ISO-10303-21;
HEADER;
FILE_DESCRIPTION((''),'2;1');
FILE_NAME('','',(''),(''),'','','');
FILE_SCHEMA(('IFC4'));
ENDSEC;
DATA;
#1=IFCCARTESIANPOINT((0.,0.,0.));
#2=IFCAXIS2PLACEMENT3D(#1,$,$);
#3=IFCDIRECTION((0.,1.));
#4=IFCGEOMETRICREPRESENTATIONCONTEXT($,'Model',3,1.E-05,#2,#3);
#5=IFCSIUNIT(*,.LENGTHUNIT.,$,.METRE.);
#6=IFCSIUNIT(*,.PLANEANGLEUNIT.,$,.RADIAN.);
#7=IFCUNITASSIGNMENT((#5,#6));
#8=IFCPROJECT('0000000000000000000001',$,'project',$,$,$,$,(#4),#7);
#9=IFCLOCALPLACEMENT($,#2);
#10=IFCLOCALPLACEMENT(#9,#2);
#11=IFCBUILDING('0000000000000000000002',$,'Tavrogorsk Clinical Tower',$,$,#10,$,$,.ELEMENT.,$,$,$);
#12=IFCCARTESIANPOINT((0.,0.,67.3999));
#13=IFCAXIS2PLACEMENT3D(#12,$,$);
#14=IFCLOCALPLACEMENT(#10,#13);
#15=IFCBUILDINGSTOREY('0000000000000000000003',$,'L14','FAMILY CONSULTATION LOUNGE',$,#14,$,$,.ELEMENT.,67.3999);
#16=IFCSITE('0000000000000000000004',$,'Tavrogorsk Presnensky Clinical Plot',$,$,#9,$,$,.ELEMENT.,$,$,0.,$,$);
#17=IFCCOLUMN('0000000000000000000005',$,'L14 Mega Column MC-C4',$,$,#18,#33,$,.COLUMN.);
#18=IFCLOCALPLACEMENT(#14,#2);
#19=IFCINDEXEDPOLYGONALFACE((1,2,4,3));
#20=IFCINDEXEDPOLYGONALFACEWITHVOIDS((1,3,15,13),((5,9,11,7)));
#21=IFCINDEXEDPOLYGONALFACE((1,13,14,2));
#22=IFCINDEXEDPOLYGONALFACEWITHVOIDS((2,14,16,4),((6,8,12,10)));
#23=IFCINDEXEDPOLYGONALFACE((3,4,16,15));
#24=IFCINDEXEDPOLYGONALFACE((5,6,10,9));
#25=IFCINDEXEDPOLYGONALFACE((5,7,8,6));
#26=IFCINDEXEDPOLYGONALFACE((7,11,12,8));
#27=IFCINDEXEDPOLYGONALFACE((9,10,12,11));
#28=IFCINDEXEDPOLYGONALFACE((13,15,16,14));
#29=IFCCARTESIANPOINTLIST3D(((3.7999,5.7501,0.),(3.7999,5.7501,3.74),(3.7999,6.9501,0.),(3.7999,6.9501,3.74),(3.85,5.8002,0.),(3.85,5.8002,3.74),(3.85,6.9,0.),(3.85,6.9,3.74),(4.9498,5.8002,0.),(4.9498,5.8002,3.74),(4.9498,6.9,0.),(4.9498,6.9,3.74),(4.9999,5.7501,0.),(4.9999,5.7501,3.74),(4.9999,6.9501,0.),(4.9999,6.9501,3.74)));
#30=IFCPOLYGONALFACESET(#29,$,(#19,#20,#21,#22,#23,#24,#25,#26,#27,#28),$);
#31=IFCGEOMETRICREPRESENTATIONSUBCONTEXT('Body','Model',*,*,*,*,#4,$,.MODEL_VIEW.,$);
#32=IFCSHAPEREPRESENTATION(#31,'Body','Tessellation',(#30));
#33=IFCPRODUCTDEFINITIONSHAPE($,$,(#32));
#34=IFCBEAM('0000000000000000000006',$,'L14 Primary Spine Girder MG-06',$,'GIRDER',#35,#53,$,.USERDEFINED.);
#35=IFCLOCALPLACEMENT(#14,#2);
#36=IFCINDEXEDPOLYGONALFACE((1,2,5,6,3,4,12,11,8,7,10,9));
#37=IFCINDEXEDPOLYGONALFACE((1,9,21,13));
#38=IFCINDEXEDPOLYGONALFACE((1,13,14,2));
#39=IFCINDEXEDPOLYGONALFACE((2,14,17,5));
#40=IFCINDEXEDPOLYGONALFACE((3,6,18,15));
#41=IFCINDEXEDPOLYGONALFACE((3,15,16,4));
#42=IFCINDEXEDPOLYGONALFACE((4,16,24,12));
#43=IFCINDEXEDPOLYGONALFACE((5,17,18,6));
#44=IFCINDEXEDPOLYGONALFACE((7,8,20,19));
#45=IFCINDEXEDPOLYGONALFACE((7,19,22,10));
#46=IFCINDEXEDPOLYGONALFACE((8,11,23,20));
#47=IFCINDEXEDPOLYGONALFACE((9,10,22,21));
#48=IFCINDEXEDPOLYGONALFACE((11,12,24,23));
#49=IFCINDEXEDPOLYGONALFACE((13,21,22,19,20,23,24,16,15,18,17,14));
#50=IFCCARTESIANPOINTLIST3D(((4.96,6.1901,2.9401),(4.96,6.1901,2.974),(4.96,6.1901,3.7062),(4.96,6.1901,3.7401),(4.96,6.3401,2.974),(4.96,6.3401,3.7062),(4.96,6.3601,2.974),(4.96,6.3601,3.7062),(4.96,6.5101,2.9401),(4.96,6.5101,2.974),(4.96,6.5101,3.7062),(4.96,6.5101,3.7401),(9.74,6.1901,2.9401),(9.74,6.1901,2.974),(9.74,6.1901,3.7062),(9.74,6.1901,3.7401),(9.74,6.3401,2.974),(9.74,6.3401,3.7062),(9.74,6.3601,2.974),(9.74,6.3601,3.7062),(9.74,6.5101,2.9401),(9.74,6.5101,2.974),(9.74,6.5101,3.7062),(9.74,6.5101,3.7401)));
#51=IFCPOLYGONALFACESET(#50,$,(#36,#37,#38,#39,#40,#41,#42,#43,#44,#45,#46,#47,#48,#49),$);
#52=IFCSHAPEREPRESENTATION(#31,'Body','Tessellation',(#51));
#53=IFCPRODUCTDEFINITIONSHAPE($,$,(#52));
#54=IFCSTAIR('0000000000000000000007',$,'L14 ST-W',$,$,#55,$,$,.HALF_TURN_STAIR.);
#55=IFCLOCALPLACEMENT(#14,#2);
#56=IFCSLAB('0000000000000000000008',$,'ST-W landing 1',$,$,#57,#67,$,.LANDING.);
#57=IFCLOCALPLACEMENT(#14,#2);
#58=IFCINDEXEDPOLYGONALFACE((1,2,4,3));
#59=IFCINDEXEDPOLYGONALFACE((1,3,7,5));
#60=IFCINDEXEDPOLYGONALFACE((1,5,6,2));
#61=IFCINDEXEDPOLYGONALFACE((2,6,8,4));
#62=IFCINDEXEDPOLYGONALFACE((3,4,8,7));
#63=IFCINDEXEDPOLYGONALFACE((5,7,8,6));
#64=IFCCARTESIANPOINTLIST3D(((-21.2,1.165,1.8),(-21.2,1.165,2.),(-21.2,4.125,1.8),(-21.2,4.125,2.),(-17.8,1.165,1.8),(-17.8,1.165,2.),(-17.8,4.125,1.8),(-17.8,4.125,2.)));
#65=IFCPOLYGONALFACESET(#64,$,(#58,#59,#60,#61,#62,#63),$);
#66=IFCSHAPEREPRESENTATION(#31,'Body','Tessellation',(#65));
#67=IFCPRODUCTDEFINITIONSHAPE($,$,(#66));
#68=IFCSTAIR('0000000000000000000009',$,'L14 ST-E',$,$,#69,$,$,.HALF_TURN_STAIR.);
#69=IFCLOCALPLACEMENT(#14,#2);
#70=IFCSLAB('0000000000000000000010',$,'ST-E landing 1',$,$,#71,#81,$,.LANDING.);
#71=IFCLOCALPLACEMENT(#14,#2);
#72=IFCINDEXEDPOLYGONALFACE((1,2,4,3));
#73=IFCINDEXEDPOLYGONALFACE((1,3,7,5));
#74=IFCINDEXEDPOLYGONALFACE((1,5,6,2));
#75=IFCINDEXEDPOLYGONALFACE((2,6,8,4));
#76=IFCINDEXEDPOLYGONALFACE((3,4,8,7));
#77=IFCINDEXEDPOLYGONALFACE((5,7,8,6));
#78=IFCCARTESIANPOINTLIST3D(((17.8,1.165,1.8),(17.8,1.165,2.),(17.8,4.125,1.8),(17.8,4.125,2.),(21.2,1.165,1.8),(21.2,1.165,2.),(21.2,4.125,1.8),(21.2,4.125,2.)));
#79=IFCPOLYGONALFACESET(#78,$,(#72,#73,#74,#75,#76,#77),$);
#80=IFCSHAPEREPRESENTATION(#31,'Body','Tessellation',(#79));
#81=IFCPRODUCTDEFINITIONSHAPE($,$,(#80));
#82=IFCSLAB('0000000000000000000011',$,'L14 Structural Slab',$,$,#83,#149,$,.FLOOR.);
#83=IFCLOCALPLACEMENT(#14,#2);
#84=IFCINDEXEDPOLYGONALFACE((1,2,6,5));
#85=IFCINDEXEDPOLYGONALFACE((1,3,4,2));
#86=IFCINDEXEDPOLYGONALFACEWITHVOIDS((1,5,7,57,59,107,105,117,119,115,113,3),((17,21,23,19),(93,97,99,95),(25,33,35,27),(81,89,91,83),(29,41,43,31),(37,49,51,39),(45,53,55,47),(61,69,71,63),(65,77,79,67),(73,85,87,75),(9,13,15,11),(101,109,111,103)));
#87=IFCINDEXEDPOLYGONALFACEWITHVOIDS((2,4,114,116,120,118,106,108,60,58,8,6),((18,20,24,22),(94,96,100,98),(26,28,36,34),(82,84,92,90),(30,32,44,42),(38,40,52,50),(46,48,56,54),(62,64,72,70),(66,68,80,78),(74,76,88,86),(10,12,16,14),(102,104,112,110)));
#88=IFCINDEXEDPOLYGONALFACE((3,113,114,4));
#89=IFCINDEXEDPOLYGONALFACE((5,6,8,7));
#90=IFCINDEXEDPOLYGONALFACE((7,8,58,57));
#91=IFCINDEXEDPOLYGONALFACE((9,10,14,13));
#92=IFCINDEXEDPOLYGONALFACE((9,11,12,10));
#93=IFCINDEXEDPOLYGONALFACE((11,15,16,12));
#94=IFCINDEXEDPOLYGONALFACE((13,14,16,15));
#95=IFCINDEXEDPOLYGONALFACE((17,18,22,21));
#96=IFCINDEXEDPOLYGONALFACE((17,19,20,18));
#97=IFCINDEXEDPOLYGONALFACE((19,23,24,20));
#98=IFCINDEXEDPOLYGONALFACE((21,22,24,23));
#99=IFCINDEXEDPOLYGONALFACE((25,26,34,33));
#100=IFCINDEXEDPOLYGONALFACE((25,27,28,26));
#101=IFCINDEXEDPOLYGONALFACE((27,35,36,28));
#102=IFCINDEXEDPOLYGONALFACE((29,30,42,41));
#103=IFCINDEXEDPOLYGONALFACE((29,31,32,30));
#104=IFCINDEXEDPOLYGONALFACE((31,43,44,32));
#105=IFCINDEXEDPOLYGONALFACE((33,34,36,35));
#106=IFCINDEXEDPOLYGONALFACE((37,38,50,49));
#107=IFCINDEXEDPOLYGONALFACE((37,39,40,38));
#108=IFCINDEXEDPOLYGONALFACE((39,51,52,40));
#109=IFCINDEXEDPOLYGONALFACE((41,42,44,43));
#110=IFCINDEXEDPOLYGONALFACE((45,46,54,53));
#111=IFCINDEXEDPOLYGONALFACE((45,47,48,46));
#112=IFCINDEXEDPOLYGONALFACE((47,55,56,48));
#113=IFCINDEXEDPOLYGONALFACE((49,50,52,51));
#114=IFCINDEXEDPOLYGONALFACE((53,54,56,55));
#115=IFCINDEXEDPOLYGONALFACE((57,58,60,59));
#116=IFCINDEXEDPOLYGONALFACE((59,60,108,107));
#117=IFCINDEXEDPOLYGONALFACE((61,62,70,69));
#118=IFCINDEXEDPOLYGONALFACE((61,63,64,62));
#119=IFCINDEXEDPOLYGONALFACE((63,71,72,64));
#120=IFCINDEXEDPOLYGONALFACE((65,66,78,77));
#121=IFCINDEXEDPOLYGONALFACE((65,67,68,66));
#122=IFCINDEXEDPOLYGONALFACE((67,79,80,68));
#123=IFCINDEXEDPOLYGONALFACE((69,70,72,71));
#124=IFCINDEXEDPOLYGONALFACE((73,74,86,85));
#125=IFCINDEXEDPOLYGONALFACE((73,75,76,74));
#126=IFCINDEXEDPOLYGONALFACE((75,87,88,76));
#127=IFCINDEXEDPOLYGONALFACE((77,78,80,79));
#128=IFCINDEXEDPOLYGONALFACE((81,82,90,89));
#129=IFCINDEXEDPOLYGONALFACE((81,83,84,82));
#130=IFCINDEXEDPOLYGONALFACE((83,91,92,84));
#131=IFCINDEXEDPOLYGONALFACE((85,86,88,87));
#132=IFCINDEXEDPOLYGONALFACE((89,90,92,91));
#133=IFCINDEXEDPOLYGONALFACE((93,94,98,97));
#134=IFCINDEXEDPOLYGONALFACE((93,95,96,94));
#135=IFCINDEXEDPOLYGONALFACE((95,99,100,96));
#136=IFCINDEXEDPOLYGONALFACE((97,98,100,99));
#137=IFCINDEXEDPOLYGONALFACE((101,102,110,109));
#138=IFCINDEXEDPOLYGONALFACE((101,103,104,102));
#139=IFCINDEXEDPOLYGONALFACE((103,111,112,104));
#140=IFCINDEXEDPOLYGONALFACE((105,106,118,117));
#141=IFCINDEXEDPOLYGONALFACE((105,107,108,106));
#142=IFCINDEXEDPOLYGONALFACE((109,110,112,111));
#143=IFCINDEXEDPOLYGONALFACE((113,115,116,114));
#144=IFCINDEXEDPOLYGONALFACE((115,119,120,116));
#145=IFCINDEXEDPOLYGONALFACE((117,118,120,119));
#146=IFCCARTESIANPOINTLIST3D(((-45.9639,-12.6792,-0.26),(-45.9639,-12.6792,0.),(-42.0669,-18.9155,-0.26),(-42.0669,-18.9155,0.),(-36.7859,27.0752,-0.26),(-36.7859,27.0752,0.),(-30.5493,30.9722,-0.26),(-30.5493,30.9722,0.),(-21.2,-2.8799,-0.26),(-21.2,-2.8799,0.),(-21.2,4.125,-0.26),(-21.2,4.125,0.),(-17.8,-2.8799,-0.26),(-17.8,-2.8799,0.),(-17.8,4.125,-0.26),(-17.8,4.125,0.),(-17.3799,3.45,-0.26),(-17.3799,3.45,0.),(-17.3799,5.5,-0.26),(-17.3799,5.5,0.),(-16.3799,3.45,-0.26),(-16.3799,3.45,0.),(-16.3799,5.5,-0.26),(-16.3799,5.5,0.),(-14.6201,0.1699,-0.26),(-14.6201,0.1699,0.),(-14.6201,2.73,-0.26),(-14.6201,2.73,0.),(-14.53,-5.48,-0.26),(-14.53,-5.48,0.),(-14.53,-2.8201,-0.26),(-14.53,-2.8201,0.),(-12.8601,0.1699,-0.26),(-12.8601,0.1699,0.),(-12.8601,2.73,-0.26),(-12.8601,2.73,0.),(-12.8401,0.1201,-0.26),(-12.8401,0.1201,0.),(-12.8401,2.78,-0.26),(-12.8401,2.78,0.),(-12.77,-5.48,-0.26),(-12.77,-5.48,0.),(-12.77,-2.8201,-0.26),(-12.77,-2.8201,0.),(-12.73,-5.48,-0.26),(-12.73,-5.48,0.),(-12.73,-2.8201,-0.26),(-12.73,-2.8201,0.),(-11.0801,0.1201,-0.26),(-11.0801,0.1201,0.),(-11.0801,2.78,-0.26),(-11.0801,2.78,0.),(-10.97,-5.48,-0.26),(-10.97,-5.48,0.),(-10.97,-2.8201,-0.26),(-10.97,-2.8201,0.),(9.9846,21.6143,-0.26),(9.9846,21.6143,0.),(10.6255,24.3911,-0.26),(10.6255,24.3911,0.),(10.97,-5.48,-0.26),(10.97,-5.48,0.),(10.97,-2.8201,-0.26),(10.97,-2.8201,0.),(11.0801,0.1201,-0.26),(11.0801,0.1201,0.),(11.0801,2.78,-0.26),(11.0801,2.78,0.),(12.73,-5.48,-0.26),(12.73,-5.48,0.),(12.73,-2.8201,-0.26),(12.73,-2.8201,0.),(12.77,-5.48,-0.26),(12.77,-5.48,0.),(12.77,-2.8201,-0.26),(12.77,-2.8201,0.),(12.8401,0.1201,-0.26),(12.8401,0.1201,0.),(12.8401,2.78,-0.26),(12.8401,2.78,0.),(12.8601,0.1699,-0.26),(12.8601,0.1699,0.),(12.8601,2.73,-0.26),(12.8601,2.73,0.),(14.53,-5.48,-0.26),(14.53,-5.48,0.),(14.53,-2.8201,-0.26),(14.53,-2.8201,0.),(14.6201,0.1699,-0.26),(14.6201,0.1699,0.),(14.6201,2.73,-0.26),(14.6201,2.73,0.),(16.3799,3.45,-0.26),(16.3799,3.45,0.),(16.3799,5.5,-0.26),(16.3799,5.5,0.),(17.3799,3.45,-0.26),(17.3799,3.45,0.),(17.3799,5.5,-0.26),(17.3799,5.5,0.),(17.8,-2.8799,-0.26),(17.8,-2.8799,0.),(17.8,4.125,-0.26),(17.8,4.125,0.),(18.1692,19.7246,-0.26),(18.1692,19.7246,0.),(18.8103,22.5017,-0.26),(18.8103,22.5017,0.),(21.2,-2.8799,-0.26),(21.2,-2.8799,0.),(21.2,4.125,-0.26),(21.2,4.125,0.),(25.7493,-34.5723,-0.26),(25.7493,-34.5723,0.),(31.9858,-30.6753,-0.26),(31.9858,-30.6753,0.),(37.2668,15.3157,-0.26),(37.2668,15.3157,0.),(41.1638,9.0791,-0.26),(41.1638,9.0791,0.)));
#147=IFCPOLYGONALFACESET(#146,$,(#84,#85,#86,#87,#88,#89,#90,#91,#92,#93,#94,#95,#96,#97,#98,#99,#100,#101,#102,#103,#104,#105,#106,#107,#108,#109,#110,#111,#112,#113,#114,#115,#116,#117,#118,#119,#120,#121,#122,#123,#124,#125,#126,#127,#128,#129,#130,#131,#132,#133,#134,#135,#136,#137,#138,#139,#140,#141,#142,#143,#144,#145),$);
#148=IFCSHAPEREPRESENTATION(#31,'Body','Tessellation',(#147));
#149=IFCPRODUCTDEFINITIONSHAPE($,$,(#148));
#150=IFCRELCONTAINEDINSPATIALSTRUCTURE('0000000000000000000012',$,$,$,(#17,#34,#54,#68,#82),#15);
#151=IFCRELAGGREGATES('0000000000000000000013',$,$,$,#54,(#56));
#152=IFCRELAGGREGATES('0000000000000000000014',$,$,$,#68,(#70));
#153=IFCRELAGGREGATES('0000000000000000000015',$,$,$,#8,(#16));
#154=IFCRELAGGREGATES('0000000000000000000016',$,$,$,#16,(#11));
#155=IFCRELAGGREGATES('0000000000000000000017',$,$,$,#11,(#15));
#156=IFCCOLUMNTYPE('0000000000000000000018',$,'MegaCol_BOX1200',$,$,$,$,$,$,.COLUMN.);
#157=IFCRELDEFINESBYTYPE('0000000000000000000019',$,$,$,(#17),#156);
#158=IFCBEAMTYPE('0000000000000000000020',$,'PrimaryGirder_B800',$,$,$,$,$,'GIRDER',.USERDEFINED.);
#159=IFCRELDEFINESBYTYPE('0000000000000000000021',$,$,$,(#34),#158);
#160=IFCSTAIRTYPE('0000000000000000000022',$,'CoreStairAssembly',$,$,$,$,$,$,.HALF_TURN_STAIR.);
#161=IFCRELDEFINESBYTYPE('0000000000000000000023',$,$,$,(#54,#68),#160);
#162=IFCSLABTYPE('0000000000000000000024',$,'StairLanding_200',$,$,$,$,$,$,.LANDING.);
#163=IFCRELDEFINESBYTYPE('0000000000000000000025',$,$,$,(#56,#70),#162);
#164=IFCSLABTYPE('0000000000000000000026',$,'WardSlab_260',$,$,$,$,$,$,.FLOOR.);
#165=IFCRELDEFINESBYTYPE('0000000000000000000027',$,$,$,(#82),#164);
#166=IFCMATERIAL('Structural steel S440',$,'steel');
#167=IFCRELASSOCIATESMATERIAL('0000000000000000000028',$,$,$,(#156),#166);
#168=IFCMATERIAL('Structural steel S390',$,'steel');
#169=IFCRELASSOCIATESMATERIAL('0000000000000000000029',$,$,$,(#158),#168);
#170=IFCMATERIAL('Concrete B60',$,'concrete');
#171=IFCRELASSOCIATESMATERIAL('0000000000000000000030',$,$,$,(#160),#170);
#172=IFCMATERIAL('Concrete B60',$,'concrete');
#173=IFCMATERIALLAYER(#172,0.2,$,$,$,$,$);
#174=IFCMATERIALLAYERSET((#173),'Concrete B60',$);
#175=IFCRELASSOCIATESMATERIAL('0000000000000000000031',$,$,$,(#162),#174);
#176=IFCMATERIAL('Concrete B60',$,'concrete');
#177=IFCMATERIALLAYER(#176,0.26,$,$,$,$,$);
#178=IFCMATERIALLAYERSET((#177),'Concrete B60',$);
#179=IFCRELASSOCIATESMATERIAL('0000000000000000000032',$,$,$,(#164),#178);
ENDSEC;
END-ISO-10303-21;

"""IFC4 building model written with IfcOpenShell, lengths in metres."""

from ifc_helpers import new_model, si_unit, direction, frame, origin, origin_2d, place, context, subcontext, project, spatial, polyline, hollow_rectangle, i_section, outline, extrude, material, layer, layer_set, material_profile, profile_set, type_object, element, aggregate, save


model = new_model("IFC4")

# Units and contexts
model_context = context("Model", 3, precision=1e-05, world=origin(), true_north=direction((0.0, 1.0)))
body_context = subcontext(model_context, "Body", "Model", "MODEL_VIEW")
ifc_project = project(units=[si_unit("LENGTHUNIT", "METRE"), si_unit("PLANEANGLEUNIT", "RADIAN")], contexts=[model_context])

# Site, building, storey
site_placement = place(None, origin())
site = spatial("IfcSite", under=ifc_project, at=site_placement, Name="Tavrogorsk Presnensky Clinical Plot", CompositionType="ELEMENT", RefElevation=0.0)
building_placement = place(site_placement, origin())
building = spatial("IfcBuilding", under=site, at=building_placement, Name="Tavrogorsk Clinical Tower", CompositionType="ELEMENT")
storey_placement = place(building_placement, frame((0.0, 0.0, 67.3999)))
storey = spatial("IfcBuildingStorey", under=building, at=storey_placement, Name="L14", Description="FAMILY CONSULTATION LOUNGE", CompositionType="ELEMENT", Elevation=67.3999)

# Column
ifc_material_1 = material(Name="Structural steel S440", Category="steel")
ifc_material_profile_1 = material_profile(ifc_material_1, hollow_rectangle(XDim=1.2, YDim=1.2, WallThickness=0.05, at=origin_2d()), Name="BOX-1200x1200x50")
ifc_profile_set_1 = profile_set([ifc_material_profile_1], Name="Structural steel S440")
column_type = type_object("IfcColumnType", Name="MegaCol_BOX1200", PredefinedType="COLUMN", material=ifc_profile_set_1)
column_placement = place(storey_placement, frame((4.3999, 6.3501, 0.0), z_axis=(0.0, 0.0, 1.0), x_axis=(1.0, 0.0, 0.0)))
element("IfcColumn", 1, at=column_placement, inside=storey, type_object=column_type, Name="L14 Mega Column MC-C4", PredefinedType="COLUMN", context=body_context, shape_type="SweptSolid", body=[
    extrude(hollow_rectangle(XDim=1.2, YDim=1.2, WallThickness=0.05, at=origin_2d()), origin(), (0.0, 0.0, 1.0), 3.74),
])

# Beam
ifc_material_2 = material(Name="Structural steel S390", Category="steel")
ifc_material_profile_2 = material_profile(ifc_material_2, i_section(OverallWidth=0.3201, OverallDepth=0.8, WebThickness=0.02, FlangeThickness=0.0339, at=origin_2d()), Name="B-800x320x20x34")
ifc_profile_set_2 = profile_set([ifc_material_profile_2], Name="Structural steel S390")
beam_type = type_object("IfcBeamType", Name="PrimaryGirder_B800", ElementType="GIRDER", PredefinedType="USERDEFINED", material=ifc_profile_set_2)
beam_placement = place(storey_placement, frame((4.96, 6.3501, 3.3401), z_axis=(1.0, 0.0, 0.0), x_axis=(0.0, 1.0, 0.0)))
element("IfcBeam", 2, at=beam_placement, inside=storey, type_object=beam_type, Name="L14 Primary Spine Girder MG-06", ObjectType="GIRDER", PredefinedType="USERDEFINED", context=body_context, shape_type="SweptSolid", body=[
    extrude(i_section(OverallWidth=0.3201, OverallDepth=0.8, WebThickness=0.02, FlangeThickness=0.0339, at=origin_2d()), origin(), (0.0, 0.0, 1.0), 4.78),
])

# Stairs, slabs
ifc_material_3 = material(Name="Concrete B60", Category="concrete")
stair_type = type_object("IfcStairType", Name="CoreStairAssembly", PredefinedType="HALF_TURN_STAIR", material=ifc_material_3)
stair_1_placement = place(storey_placement, origin())
stair_1 = element("IfcStair", 3, at=stair_1_placement, inside=storey, type_object=stair_type, Name="L14 ST-W", PredefinedType="HALF_TURN_STAIR")
ifc_material_4 = material(Name="Concrete B60", Category="concrete")
ifc_layer_1 = layer(ifc_material_4, 0.2)
ifc_layer_set_1 = layer_set([ifc_layer_1], Name="Concrete B60")
slab_type_1 = type_object("IfcSlabType", Name="StairLanding_200", PredefinedType="LANDING", material=ifc_layer_set_1)
slab_1_placement = place(storey_placement, frame((0.0, 0.0, 1.8)))
slab_1 = element("IfcSlab", 4, at=slab_1_placement, type_object=slab_type_1, Name="ST-W landing 1", PredefinedType="LANDING", context=body_context, shape_type="SweptSolid", body=[
    extrude(outline(polyline([(-17.8, 1.165), (-17.8, 4.125), (-21.2, 4.125), (-21.2, 1.165), (-17.8, 1.165)])), origin(), (0.0, 0.0, 1.0), 0.2),
])
aggregate(stair_1, [slab_1])
stair_2_placement = place(storey_placement, origin())
stair_2 = element("IfcStair", 5, at=stair_2_placement, inside=storey, type_object=stair_type, Name="L14 ST-E", PredefinedType="HALF_TURN_STAIR")
slab_2_placement = place(storey_placement, frame((0.0, 0.0, 1.8)))
slab_2 = element("IfcSlab", 6, at=slab_2_placement, type_object=slab_type_1, Name="ST-E landing 1", PredefinedType="LANDING", context=body_context, shape_type="SweptSolid", body=[
    extrude(outline(polyline([(21.2, 1.165), (21.2, 4.125), (17.8, 4.125), (17.8, 1.165), (21.2, 1.165)])), origin(), (0.0, 0.0, 1.0), 0.2),
])
aggregate(stair_2, [slab_2])

# Slab
ifc_material_5 = material(Name="Concrete B60", Category="concrete")
ifc_layer_2 = layer(ifc_material_5, 0.26)
ifc_layer_set_2 = layer_set([ifc_layer_2], Name="Concrete B60")
slab_type_2 = type_object("IfcSlabType", Name="WardSlab_260", PredefinedType="FLOOR", material=ifc_layer_set_2)
slab_3_placement = place(storey_placement, frame((0.0, 0.0, -0.26)))
element("IfcSlab", 7, at=slab_3_placement, inside=storey, type_object=slab_type_2, Name="L14 Structural Slab", PredefinedType="FLOOR", context=body_context, shape_type="SweptSolid", body=[
    extrude(outline(polyline([(37.2668, 15.3157), (41.1638, 9.0791), (31.9858, -30.6753), (25.7493, -34.5723), (-42.0669, -18.9155), (-45.9639, -12.6792), (-36.7859, 27.0752), (-30.5493, 30.9722), (9.9846, 21.6143), (10.6255, 24.3911), (18.8103, 22.5017), (18.1692, 19.7246), (37.2668, 15.3157)]), holes=[polyline([(-17.8, -2.8799), (-17.8, 4.125), (-21.2, 4.125), (-21.2, -2.8799), (-17.8, -2.8799)]), polyline([(21.2, -2.8799), (21.2, 4.125), (17.8, 4.125), (17.8, -2.8799), (21.2, -2.8799)]), polyline([(-14.6201, 0.1699), (-12.8601, 0.1699), (-12.8601, 2.73), (-14.6201, 2.73), (-14.6201, 0.1699)]), polyline([(-14.53, -5.48), (-12.77, -5.48), (-12.77, -2.8201), (-14.53, -2.8201), (-14.53, -5.48)]), polyline([(-12.73, -5.48), (-10.97, -5.48), (-10.97, -2.8201), (-12.73, -2.8201), (-12.73, -5.48)]), polyline([(-12.8401, 0.1201), (-11.0801, 0.1201), (-11.0801, 2.78), (-12.8401, 2.78), (-12.8401, 0.1201)]), polyline([(12.8601, 0.1699), (14.6201, 0.1699), (14.6201, 2.73), (12.8601, 2.73), (12.8601, 0.1699)]), polyline([(12.77, -5.48), (14.53, -5.48), (14.53, -2.8201), (12.77, -2.8201), (12.77, -5.48)]), polyline([(10.97, -5.48), (12.73, -5.48), (12.73, -2.8201), (10.97, -2.8201), (10.97, -5.48)]), polyline([(11.0801, 0.1201), (12.8401, 0.1201), (12.8401, 2.78), (11.0801, 2.78), (11.0801, 0.1201)]), polyline([(-17.3799, 3.45), (-16.3799, 3.45), (-16.3799, 5.5), (-17.3799, 5.5), (-17.3799, 3.45)]), polyline([(16.3799, 3.45), (17.3799, 3.45), (17.3799, 5.5), (16.3799, 5.5), (16.3799, 3.45)])]), origin(), (0.0, 0.0, 1.0), 0.26),
])

save(model, "model.ifc")
